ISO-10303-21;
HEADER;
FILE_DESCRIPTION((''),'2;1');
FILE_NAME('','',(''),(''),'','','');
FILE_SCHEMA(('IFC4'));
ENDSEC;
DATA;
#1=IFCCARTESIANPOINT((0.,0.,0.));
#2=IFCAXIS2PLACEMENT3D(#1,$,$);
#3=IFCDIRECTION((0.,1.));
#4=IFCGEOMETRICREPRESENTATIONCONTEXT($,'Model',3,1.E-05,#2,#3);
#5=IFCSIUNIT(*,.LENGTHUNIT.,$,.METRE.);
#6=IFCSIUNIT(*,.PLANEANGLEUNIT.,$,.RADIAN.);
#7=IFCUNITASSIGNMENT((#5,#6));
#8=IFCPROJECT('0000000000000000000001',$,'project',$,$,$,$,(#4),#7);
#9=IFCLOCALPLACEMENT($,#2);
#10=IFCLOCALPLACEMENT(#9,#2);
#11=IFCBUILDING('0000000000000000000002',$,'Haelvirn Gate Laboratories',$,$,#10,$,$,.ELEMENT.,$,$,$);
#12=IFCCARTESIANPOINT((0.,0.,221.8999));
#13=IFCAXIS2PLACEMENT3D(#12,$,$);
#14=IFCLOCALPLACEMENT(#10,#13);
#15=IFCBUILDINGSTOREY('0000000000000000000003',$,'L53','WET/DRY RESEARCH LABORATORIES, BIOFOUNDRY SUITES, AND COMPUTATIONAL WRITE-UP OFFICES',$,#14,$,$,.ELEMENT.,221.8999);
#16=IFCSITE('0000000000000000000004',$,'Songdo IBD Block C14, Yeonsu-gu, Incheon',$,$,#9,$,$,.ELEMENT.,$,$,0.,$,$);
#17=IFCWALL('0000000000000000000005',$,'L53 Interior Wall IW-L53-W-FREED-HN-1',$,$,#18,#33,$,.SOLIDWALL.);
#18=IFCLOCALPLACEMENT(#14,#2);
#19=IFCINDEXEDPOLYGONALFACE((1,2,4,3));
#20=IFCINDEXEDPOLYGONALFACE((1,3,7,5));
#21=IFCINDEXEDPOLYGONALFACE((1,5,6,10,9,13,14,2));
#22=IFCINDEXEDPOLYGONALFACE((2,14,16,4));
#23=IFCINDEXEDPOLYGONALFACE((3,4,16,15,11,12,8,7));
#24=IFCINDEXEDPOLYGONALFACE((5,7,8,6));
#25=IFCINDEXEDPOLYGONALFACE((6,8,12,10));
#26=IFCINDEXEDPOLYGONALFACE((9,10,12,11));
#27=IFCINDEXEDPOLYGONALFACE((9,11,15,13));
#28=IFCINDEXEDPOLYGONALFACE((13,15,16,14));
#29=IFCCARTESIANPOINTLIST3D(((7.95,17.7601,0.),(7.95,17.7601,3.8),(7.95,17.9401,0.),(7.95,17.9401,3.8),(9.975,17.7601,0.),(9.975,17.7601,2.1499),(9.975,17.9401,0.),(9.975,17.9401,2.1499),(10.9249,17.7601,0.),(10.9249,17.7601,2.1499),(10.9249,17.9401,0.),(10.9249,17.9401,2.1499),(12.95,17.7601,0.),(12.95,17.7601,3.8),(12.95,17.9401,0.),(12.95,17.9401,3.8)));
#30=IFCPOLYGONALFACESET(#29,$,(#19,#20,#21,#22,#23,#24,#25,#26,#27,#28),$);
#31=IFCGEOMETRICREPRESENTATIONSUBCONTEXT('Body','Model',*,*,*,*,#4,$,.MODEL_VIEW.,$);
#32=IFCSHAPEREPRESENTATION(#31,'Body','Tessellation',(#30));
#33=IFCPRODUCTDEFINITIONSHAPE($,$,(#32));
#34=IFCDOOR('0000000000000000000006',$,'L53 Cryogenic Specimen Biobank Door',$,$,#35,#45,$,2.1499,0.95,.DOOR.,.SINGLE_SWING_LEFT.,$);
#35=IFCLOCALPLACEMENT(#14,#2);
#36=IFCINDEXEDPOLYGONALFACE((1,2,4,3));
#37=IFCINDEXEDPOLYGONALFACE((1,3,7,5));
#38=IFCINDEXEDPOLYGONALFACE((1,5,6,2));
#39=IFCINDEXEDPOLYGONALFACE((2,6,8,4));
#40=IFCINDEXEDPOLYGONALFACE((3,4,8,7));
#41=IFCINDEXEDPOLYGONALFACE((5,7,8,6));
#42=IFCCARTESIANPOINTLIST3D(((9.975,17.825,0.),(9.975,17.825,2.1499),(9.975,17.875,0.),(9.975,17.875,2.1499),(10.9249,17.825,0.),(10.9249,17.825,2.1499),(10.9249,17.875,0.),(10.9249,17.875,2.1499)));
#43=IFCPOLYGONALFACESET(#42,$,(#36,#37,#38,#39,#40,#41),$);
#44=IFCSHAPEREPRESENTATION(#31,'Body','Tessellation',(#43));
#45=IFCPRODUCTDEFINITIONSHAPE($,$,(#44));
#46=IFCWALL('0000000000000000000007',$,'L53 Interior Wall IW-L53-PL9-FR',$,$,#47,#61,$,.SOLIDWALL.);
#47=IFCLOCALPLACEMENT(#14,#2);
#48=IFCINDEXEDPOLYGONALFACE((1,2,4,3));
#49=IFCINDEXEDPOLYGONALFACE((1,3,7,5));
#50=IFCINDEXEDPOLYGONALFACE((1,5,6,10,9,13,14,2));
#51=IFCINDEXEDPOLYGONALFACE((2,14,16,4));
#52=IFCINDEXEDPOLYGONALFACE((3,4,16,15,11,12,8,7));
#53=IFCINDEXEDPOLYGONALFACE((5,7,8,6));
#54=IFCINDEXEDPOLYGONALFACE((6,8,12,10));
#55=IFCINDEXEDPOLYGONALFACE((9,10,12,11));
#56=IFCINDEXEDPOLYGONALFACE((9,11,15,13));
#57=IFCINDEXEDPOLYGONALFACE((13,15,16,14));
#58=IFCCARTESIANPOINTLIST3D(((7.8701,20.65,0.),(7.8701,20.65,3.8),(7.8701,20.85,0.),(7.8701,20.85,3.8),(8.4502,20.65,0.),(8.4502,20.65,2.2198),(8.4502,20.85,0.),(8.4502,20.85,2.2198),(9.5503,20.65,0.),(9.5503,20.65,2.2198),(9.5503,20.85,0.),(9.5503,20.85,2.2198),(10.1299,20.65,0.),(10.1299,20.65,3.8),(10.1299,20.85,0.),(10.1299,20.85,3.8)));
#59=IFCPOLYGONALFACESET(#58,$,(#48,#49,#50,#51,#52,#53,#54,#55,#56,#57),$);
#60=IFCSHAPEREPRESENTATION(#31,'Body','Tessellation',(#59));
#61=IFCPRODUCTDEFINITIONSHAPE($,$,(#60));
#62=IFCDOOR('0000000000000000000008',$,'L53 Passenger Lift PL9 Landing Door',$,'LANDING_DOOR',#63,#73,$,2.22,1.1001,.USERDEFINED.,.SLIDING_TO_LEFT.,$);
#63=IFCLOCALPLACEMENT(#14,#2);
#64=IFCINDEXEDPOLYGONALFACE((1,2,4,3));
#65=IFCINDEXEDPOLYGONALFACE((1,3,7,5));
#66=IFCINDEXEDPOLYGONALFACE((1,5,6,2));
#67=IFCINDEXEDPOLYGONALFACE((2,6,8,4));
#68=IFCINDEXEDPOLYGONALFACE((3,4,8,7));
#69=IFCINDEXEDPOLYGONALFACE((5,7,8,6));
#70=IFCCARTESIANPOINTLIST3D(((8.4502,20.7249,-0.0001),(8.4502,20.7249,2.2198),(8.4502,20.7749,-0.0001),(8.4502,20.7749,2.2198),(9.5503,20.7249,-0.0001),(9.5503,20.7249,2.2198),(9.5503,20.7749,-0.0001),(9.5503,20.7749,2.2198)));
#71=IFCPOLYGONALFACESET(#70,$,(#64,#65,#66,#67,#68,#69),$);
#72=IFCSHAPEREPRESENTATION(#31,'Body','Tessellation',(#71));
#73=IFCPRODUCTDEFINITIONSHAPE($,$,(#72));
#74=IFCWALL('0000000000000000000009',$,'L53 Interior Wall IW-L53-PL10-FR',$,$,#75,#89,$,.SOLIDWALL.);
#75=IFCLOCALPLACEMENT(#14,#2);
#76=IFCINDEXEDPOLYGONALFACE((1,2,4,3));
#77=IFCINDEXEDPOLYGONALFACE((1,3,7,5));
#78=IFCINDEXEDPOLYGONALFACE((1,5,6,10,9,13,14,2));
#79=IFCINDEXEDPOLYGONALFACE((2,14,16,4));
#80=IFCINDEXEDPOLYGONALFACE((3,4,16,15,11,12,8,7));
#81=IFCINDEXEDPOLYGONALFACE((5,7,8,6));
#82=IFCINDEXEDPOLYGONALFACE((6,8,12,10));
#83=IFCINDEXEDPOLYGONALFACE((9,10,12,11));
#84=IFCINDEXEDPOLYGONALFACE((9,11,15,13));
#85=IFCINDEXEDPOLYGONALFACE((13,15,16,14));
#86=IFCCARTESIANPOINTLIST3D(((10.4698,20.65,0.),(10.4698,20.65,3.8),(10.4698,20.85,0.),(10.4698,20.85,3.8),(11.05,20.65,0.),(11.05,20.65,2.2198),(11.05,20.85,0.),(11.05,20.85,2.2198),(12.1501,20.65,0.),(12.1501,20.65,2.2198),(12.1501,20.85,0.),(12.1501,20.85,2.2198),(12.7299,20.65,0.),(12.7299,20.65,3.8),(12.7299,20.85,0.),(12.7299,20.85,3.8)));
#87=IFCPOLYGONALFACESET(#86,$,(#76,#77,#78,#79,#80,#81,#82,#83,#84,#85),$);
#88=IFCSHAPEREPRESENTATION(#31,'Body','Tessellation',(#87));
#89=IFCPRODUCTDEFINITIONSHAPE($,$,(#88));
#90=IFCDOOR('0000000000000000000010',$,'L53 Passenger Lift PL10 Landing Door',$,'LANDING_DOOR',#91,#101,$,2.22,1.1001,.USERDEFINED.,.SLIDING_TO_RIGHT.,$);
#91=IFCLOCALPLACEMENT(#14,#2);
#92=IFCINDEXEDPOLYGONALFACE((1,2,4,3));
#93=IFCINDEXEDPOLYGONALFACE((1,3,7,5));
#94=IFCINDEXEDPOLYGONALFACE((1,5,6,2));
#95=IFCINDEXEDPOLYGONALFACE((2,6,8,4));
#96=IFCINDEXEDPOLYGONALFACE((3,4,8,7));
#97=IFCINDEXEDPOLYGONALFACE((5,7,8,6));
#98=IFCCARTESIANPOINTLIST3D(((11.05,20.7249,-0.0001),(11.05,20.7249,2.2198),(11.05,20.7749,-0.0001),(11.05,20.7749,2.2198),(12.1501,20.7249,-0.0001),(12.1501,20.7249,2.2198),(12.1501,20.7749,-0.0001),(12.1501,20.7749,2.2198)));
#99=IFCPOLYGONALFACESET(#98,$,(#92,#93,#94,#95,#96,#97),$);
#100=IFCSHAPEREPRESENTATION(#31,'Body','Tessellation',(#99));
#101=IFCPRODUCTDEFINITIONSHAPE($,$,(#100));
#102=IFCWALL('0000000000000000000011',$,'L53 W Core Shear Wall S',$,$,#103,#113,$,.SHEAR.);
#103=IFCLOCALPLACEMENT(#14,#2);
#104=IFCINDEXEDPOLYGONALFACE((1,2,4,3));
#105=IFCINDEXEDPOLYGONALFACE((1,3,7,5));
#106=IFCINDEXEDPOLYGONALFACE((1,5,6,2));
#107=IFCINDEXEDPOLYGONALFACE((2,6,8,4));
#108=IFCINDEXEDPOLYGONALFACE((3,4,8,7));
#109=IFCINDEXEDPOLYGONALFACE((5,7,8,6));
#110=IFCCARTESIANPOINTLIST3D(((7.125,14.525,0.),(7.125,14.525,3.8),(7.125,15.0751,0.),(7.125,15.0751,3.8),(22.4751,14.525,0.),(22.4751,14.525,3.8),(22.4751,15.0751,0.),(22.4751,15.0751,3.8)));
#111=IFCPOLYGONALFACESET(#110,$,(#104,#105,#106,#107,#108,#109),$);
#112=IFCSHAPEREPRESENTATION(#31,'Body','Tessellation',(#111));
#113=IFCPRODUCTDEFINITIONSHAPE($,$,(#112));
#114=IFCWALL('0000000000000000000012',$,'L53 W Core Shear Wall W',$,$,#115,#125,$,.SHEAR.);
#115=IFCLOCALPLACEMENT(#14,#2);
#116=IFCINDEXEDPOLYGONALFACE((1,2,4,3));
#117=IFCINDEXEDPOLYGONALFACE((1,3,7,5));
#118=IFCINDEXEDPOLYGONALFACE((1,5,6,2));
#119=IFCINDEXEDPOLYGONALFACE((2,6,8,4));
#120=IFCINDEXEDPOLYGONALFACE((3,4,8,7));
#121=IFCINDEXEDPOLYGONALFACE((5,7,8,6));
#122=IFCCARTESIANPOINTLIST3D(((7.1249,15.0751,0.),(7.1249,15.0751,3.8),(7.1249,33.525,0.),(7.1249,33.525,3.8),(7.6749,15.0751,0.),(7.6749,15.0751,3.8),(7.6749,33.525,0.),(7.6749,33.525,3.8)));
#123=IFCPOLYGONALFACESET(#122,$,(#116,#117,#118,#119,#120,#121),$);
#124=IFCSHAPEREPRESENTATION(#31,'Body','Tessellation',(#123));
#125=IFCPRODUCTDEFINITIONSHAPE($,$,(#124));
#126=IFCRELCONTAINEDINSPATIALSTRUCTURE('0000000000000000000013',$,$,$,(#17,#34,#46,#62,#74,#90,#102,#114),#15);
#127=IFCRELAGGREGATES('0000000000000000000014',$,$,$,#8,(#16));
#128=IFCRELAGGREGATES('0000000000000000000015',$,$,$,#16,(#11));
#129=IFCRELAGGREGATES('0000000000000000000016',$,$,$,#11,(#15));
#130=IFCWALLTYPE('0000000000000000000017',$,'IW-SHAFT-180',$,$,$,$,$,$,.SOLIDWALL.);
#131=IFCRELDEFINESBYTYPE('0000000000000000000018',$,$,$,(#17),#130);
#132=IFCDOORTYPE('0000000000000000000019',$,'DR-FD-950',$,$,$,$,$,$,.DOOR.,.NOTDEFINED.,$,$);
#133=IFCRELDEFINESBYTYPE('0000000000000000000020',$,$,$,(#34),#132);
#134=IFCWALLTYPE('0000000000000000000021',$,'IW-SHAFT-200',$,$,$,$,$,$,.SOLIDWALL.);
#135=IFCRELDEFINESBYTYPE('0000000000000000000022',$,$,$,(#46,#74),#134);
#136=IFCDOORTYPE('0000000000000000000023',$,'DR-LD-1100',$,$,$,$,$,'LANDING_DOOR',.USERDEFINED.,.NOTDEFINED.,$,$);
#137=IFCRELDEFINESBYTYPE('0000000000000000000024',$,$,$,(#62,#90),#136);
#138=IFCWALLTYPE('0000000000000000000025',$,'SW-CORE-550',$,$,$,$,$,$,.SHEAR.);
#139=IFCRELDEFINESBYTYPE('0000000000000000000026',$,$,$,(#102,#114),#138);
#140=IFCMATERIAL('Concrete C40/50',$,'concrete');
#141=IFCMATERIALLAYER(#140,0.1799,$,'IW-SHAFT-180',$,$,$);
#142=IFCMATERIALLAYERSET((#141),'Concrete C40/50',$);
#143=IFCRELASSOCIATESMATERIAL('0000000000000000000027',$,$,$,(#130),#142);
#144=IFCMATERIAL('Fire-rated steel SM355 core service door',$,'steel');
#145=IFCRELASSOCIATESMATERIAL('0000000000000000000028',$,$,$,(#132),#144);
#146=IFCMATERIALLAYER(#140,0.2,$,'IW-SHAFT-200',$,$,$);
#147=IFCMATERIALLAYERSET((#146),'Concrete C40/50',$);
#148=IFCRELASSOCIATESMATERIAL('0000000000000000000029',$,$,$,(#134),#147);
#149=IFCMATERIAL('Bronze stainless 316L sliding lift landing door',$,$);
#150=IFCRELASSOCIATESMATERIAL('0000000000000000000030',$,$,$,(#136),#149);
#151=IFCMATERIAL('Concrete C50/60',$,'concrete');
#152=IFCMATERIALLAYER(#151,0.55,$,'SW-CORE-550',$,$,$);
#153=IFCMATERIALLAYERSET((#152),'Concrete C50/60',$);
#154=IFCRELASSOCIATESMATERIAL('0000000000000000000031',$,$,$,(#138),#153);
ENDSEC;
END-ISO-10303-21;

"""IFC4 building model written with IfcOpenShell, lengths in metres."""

from ifc_helpers import new_model, si_unit, direction, frame, frame_2d, origin, place, context, subcontext, project, spatial, rectangle, extrude, source, transform, mapped, material, layer, layer_set, type_object, type_shapes, element, fill, save


model = new_model("IFC4")

# Units and contexts
model_context = context("Model", 3, precision=1e-05, world=origin(), true_north=direction((0.0, 1.0)))
body_context = subcontext(model_context, "Body", "Model", "MODEL_VIEW")
ifc_project = project(units=[si_unit("LENGTHUNIT", "METRE"), si_unit("PLANEANGLEUNIT", "RADIAN")], contexts=[model_context])

# Site, building, storey
site_placement = place(None, origin())
site = spatial("IfcSite", under=ifc_project, at=site_placement, Name="Songdo IBD Block C14, Yeonsu-gu, Incheon", CompositionType="ELEMENT", RefElevation=0.0)
building_placement = place(site_placement, origin())
building = spatial("IfcBuilding", under=site, at=building_placement, Name="Haelvirn Gate Laboratories", CompositionType="ELEMENT")
storey_placement = place(building_placement, frame((0.0, 0.0, 221.8999)))
storey = spatial("IfcBuildingStorey", under=building, at=storey_placement, Name="L53", Description="WET/DRY RESEARCH LABORATORIES, BIOFOUNDRY SUITES, AND COMPUTATIONAL WRITE-UP OFFICES", CompositionType="ELEMENT", Elevation=221.8999)

# Shared definitions
ifc_material_1 = material(Name="Concrete C50/60", Category="concrete")

# Shared definitions
ifc_material_2 = material(Name="Concrete C40/50", Category="concrete")
ifc_layer_1 = layer(ifc_material_2, 0.1799, Name="IW-SHAFT-180")
ifc_layer_set_1 = layer_set([ifc_layer_1], Name="Concrete C40/50")
wall_type_1 = type_object("IfcWallType", Name="IW-SHAFT-180", PredefinedType="SOLIDWALL", material=ifc_layer_set_1)

# Walls, openings, doors
wall_1_placement = place(storey_placement, frame((7.95, 17.8501, 0.0), z_axis=(0.0, 0.0, 1.0), x_axis=(1.0, 0.0, 0.0)))
wall_1 = element("IfcWall", 1, at=wall_1_placement, inside=storey, type_object=wall_type_1, Name="L53 Interior Wall IW-L53-W-FREED-HN-1", PredefinedType="SOLIDWALL", context=body_context, shape_type="SweptSolid", body=[
    extrude(rectangle(XDim=5.0, YDim=0.1799, at=frame_2d((2.5, 0.0))), origin(), (0.0, 0.0, 1.0), 3.8),
])
opening_1_placement = place(wall_1_placement, frame((2.0249, 0.0, 0.0)))
opening_1 = element("IfcOpeningElement", 2, at=opening_1_placement, cuts=wall_1, PredefinedType="OPENING", context=body_context, shape_type="SweptSolid", body=[
    extrude(rectangle(XDim=0.95, YDim=2.1499, at=frame_2d((0.4751, 1.075))), frame((0.0, 0.1001, 0.0), z_axis=(0.0, -1.0, 0.0), x_axis=(1.0, 0.0, 0.0)), (0.0, 0.0, 1.0), 0.2),
])
ifc_material_3 = material(Name="Fire-rated steel SM355 core service door", Category="steel")
door_type_1 = type_object("IfcDoorType", Name="DR-FD-950", OperationType="NOTDEFINED", PredefinedType="DOOR", material=ifc_material_3)
shared_shape_1 = source(origin(), body_context, "Body", "SweptSolid", [
    extrude(rectangle(XDim=0.95, YDim=2.1499, at=frame_2d((0.4751, 1.075))), frame((0.0, 0.0249, 0.0), z_axis=(0.0, -1.0, 0.0), x_axis=(1.0, 0.0, 0.0)), (0.0, 0.0, 1.0), 0.05),
])
type_shapes(door_type_1, [shared_shape_1])
door_1_placement = place(opening_1_placement, origin())
door_1 = element("IfcDoor", 3, at=door_1_placement, inside=storey, type_object=door_type_1, Name="L53 Cryogenic Specimen Biobank Door", OperationType="SINGLE_SWING_LEFT", OverallHeight=2.1499, OverallWidth=0.95, PredefinedType="DOOR", context=body_context, shape_type="MappedRepresentation", body=[
    mapped(shared_shape_1, transform((0.0, 0.0, 0.0), scale=1.0)),
])
fill(opening_1, door_1)
ifc_layer_2 = layer(ifc_material_2, 0.2, Name="IW-SHAFT-200")
ifc_layer_set_2 = layer_set([ifc_layer_2], Name="Concrete C40/50")
wall_type_2 = type_object("IfcWallType", Name="IW-SHAFT-200", PredefinedType="SOLIDWALL", material=ifc_layer_set_2)
wall_2_placement = place(storey_placement, frame((7.8701, 20.75, 0.0), z_axis=(0.0, 0.0, 1.0), x_axis=(1.0, 0.0, 0.0)))
wall_2 = element("IfcWall", 4, at=wall_2_placement, inside=storey, type_object=wall_type_2, Name="L53 Interior Wall IW-L53-PL9-FR", PredefinedType="SOLIDWALL", context=body_context, shape_type="SweptSolid", body=[
    extrude(rectangle(XDim=2.2598, YDim=0.2, at=frame_2d((1.1299, 0.0))), origin(), (0.0, 0.0, 1.0), 3.8),
])
opening_2_placement = place(wall_2_placement, frame((0.5801, 0.0, 0.0)))
opening_2 = element("IfcOpeningElement", 5, at=opening_2_placement, cuts=wall_2, PredefinedType="OPENING", context=body_context, shape_type="SweptSolid", body=[
    extrude(rectangle(XDim=1.1001, YDim=2.22, at=frame_2d((0.55, 1.1099))), frame((0.0, 0.1099, 0.0), z_axis=(0.0, -1.0, 0.0), x_axis=(1.0, 0.0, 0.0)), (0.0, 0.0, 1.0), 0.22),
])
ifc_material_4 = material(Name="Bronze stainless 316L sliding lift landing door")
door_type_2 = type_object("IfcDoorType", Name="DR-LD-1100", ElementType="LANDING_DOOR", OperationType="NOTDEFINED", PredefinedType="USERDEFINED", material=ifc_material_4)
shared_shape_2 = source(origin(), body_context, "Body", "SweptSolid", [
    extrude(rectangle(XDim=1.1001, YDim=2.22, at=frame_2d((0.55, 1.1099))), frame((0.0, 0.0249, 0.0), z_axis=(0.0, -1.0, 0.0), x_axis=(1.0, 0.0, 0.0)), (0.0, 0.0, 1.0), 0.05),
])
type_shapes(door_type_2, [shared_shape_2])
door_2_placement = place(opening_2_placement, origin())
door_2 = element("IfcDoor", 6, at=door_2_placement, inside=storey, type_object=door_type_2, Name="L53 Passenger Lift PL9 Landing Door", ObjectType="LANDING_DOOR", OperationType="SLIDING_TO_LEFT", OverallHeight=2.22, OverallWidth=1.1001, PredefinedType="USERDEFINED", context=body_context, shape_type="MappedRepresentation", body=[
    mapped(shared_shape_2, transform((0.0, 0.0, 0.0), scale=1.0)),
])
fill(opening_2, door_2)
wall_3_placement = place(storey_placement, frame((10.47, 20.75, 0.0), z_axis=(0.0, 0.0, 1.0), x_axis=(1.0, 0.0, 0.0)))
wall_3 = element("IfcWall", 7, at=wall_3_placement, inside=storey, type_object=wall_type_2, Name="L53 Interior Wall IW-L53-PL10-FR", PredefinedType="SOLIDWALL", context=body_context, shape_type="SweptSolid", body=[
    extrude(rectangle(XDim=2.26, YDim=0.2, at=frame_2d((1.1299, 0.0))), origin(), (0.0, 0.0, 1.0), 3.8),
])
opening_3_placement = place(wall_3_placement, frame((0.5801, 0.0, 0.0)))
opening_3 = element("IfcOpeningElement", 8, at=opening_3_placement, cuts=wall_3, PredefinedType="OPENING", context=body_context, shape_type="SweptSolid", body=[
    extrude(rectangle(XDim=1.1001, YDim=2.22, at=frame_2d((0.55, 1.1099))), frame((0.0, 0.1099, 0.0), z_axis=(0.0, -1.0, 0.0), x_axis=(1.0, 0.0, 0.0)), (0.0, 0.0, 1.0), 0.22),
])
door_3_placement = place(opening_3_placement, origin())
door_3 = element("IfcDoor", 9, at=door_3_placement, inside=storey, type_object=door_type_2, Name="L53 Passenger Lift PL10 Landing Door", ObjectType="LANDING_DOOR", OperationType="SLIDING_TO_RIGHT", OverallHeight=2.22, OverallWidth=1.1001, PredefinedType="USERDEFINED", context=body_context, shape_type="MappedRepresentation", body=[
    mapped(shared_shape_2, transform((0.0, 0.0, 0.0), scale=1.0)),
])
fill(opening_3, door_3)

# Walls
ifc_layer_3 = layer(ifc_material_1, 0.55, Name="SW-CORE-550")
ifc_layer_set_3 = layer_set([ifc_layer_3], Name="Concrete C50/60")
wall_type_3 = type_object("IfcWallType", Name="SW-CORE-550", PredefinedType="SHEAR", material=ifc_layer_set_3)
wall_4_placement = place(storey_placement, frame((7.125, 14.8, 0.0), z_axis=(0.0, 0.0, 1.0), x_axis=(1.0, 0.0, 0.0)))
element("IfcWall", 10, at=wall_4_placement, inside=storey, type_object=wall_type_3, Name="L53 W Core Shear Wall S", PredefinedType="SHEAR", context=body_context, shape_type="SweptSolid", body=[
    extrude(rectangle(XDim=15.3501, YDim=0.55, at=frame_2d((7.675, 0.0))), origin(), (0.0, 0.0, 1.0), 3.8),
])
wall_5_placement = place(storey_placement, frame((7.3999, 15.075, 0.0), z_axis=(0.0, 0.0, 1.0), x_axis=(0.0, 1.0, 0.0)))
element("IfcWall", 11, at=wall_5_placement, inside=storey, type_object=wall_type_3, Name="L53 W Core Shear Wall W", PredefinedType="SHEAR", context=body_context, shape_type="SweptSolid", body=[
    extrude(rectangle(XDim=18.45, YDim=0.55, at=frame_2d((9.2251, 0.0))), origin(), (0.0, 0.0, 1.0), 3.8),
])

save(model, "model.ifc")
